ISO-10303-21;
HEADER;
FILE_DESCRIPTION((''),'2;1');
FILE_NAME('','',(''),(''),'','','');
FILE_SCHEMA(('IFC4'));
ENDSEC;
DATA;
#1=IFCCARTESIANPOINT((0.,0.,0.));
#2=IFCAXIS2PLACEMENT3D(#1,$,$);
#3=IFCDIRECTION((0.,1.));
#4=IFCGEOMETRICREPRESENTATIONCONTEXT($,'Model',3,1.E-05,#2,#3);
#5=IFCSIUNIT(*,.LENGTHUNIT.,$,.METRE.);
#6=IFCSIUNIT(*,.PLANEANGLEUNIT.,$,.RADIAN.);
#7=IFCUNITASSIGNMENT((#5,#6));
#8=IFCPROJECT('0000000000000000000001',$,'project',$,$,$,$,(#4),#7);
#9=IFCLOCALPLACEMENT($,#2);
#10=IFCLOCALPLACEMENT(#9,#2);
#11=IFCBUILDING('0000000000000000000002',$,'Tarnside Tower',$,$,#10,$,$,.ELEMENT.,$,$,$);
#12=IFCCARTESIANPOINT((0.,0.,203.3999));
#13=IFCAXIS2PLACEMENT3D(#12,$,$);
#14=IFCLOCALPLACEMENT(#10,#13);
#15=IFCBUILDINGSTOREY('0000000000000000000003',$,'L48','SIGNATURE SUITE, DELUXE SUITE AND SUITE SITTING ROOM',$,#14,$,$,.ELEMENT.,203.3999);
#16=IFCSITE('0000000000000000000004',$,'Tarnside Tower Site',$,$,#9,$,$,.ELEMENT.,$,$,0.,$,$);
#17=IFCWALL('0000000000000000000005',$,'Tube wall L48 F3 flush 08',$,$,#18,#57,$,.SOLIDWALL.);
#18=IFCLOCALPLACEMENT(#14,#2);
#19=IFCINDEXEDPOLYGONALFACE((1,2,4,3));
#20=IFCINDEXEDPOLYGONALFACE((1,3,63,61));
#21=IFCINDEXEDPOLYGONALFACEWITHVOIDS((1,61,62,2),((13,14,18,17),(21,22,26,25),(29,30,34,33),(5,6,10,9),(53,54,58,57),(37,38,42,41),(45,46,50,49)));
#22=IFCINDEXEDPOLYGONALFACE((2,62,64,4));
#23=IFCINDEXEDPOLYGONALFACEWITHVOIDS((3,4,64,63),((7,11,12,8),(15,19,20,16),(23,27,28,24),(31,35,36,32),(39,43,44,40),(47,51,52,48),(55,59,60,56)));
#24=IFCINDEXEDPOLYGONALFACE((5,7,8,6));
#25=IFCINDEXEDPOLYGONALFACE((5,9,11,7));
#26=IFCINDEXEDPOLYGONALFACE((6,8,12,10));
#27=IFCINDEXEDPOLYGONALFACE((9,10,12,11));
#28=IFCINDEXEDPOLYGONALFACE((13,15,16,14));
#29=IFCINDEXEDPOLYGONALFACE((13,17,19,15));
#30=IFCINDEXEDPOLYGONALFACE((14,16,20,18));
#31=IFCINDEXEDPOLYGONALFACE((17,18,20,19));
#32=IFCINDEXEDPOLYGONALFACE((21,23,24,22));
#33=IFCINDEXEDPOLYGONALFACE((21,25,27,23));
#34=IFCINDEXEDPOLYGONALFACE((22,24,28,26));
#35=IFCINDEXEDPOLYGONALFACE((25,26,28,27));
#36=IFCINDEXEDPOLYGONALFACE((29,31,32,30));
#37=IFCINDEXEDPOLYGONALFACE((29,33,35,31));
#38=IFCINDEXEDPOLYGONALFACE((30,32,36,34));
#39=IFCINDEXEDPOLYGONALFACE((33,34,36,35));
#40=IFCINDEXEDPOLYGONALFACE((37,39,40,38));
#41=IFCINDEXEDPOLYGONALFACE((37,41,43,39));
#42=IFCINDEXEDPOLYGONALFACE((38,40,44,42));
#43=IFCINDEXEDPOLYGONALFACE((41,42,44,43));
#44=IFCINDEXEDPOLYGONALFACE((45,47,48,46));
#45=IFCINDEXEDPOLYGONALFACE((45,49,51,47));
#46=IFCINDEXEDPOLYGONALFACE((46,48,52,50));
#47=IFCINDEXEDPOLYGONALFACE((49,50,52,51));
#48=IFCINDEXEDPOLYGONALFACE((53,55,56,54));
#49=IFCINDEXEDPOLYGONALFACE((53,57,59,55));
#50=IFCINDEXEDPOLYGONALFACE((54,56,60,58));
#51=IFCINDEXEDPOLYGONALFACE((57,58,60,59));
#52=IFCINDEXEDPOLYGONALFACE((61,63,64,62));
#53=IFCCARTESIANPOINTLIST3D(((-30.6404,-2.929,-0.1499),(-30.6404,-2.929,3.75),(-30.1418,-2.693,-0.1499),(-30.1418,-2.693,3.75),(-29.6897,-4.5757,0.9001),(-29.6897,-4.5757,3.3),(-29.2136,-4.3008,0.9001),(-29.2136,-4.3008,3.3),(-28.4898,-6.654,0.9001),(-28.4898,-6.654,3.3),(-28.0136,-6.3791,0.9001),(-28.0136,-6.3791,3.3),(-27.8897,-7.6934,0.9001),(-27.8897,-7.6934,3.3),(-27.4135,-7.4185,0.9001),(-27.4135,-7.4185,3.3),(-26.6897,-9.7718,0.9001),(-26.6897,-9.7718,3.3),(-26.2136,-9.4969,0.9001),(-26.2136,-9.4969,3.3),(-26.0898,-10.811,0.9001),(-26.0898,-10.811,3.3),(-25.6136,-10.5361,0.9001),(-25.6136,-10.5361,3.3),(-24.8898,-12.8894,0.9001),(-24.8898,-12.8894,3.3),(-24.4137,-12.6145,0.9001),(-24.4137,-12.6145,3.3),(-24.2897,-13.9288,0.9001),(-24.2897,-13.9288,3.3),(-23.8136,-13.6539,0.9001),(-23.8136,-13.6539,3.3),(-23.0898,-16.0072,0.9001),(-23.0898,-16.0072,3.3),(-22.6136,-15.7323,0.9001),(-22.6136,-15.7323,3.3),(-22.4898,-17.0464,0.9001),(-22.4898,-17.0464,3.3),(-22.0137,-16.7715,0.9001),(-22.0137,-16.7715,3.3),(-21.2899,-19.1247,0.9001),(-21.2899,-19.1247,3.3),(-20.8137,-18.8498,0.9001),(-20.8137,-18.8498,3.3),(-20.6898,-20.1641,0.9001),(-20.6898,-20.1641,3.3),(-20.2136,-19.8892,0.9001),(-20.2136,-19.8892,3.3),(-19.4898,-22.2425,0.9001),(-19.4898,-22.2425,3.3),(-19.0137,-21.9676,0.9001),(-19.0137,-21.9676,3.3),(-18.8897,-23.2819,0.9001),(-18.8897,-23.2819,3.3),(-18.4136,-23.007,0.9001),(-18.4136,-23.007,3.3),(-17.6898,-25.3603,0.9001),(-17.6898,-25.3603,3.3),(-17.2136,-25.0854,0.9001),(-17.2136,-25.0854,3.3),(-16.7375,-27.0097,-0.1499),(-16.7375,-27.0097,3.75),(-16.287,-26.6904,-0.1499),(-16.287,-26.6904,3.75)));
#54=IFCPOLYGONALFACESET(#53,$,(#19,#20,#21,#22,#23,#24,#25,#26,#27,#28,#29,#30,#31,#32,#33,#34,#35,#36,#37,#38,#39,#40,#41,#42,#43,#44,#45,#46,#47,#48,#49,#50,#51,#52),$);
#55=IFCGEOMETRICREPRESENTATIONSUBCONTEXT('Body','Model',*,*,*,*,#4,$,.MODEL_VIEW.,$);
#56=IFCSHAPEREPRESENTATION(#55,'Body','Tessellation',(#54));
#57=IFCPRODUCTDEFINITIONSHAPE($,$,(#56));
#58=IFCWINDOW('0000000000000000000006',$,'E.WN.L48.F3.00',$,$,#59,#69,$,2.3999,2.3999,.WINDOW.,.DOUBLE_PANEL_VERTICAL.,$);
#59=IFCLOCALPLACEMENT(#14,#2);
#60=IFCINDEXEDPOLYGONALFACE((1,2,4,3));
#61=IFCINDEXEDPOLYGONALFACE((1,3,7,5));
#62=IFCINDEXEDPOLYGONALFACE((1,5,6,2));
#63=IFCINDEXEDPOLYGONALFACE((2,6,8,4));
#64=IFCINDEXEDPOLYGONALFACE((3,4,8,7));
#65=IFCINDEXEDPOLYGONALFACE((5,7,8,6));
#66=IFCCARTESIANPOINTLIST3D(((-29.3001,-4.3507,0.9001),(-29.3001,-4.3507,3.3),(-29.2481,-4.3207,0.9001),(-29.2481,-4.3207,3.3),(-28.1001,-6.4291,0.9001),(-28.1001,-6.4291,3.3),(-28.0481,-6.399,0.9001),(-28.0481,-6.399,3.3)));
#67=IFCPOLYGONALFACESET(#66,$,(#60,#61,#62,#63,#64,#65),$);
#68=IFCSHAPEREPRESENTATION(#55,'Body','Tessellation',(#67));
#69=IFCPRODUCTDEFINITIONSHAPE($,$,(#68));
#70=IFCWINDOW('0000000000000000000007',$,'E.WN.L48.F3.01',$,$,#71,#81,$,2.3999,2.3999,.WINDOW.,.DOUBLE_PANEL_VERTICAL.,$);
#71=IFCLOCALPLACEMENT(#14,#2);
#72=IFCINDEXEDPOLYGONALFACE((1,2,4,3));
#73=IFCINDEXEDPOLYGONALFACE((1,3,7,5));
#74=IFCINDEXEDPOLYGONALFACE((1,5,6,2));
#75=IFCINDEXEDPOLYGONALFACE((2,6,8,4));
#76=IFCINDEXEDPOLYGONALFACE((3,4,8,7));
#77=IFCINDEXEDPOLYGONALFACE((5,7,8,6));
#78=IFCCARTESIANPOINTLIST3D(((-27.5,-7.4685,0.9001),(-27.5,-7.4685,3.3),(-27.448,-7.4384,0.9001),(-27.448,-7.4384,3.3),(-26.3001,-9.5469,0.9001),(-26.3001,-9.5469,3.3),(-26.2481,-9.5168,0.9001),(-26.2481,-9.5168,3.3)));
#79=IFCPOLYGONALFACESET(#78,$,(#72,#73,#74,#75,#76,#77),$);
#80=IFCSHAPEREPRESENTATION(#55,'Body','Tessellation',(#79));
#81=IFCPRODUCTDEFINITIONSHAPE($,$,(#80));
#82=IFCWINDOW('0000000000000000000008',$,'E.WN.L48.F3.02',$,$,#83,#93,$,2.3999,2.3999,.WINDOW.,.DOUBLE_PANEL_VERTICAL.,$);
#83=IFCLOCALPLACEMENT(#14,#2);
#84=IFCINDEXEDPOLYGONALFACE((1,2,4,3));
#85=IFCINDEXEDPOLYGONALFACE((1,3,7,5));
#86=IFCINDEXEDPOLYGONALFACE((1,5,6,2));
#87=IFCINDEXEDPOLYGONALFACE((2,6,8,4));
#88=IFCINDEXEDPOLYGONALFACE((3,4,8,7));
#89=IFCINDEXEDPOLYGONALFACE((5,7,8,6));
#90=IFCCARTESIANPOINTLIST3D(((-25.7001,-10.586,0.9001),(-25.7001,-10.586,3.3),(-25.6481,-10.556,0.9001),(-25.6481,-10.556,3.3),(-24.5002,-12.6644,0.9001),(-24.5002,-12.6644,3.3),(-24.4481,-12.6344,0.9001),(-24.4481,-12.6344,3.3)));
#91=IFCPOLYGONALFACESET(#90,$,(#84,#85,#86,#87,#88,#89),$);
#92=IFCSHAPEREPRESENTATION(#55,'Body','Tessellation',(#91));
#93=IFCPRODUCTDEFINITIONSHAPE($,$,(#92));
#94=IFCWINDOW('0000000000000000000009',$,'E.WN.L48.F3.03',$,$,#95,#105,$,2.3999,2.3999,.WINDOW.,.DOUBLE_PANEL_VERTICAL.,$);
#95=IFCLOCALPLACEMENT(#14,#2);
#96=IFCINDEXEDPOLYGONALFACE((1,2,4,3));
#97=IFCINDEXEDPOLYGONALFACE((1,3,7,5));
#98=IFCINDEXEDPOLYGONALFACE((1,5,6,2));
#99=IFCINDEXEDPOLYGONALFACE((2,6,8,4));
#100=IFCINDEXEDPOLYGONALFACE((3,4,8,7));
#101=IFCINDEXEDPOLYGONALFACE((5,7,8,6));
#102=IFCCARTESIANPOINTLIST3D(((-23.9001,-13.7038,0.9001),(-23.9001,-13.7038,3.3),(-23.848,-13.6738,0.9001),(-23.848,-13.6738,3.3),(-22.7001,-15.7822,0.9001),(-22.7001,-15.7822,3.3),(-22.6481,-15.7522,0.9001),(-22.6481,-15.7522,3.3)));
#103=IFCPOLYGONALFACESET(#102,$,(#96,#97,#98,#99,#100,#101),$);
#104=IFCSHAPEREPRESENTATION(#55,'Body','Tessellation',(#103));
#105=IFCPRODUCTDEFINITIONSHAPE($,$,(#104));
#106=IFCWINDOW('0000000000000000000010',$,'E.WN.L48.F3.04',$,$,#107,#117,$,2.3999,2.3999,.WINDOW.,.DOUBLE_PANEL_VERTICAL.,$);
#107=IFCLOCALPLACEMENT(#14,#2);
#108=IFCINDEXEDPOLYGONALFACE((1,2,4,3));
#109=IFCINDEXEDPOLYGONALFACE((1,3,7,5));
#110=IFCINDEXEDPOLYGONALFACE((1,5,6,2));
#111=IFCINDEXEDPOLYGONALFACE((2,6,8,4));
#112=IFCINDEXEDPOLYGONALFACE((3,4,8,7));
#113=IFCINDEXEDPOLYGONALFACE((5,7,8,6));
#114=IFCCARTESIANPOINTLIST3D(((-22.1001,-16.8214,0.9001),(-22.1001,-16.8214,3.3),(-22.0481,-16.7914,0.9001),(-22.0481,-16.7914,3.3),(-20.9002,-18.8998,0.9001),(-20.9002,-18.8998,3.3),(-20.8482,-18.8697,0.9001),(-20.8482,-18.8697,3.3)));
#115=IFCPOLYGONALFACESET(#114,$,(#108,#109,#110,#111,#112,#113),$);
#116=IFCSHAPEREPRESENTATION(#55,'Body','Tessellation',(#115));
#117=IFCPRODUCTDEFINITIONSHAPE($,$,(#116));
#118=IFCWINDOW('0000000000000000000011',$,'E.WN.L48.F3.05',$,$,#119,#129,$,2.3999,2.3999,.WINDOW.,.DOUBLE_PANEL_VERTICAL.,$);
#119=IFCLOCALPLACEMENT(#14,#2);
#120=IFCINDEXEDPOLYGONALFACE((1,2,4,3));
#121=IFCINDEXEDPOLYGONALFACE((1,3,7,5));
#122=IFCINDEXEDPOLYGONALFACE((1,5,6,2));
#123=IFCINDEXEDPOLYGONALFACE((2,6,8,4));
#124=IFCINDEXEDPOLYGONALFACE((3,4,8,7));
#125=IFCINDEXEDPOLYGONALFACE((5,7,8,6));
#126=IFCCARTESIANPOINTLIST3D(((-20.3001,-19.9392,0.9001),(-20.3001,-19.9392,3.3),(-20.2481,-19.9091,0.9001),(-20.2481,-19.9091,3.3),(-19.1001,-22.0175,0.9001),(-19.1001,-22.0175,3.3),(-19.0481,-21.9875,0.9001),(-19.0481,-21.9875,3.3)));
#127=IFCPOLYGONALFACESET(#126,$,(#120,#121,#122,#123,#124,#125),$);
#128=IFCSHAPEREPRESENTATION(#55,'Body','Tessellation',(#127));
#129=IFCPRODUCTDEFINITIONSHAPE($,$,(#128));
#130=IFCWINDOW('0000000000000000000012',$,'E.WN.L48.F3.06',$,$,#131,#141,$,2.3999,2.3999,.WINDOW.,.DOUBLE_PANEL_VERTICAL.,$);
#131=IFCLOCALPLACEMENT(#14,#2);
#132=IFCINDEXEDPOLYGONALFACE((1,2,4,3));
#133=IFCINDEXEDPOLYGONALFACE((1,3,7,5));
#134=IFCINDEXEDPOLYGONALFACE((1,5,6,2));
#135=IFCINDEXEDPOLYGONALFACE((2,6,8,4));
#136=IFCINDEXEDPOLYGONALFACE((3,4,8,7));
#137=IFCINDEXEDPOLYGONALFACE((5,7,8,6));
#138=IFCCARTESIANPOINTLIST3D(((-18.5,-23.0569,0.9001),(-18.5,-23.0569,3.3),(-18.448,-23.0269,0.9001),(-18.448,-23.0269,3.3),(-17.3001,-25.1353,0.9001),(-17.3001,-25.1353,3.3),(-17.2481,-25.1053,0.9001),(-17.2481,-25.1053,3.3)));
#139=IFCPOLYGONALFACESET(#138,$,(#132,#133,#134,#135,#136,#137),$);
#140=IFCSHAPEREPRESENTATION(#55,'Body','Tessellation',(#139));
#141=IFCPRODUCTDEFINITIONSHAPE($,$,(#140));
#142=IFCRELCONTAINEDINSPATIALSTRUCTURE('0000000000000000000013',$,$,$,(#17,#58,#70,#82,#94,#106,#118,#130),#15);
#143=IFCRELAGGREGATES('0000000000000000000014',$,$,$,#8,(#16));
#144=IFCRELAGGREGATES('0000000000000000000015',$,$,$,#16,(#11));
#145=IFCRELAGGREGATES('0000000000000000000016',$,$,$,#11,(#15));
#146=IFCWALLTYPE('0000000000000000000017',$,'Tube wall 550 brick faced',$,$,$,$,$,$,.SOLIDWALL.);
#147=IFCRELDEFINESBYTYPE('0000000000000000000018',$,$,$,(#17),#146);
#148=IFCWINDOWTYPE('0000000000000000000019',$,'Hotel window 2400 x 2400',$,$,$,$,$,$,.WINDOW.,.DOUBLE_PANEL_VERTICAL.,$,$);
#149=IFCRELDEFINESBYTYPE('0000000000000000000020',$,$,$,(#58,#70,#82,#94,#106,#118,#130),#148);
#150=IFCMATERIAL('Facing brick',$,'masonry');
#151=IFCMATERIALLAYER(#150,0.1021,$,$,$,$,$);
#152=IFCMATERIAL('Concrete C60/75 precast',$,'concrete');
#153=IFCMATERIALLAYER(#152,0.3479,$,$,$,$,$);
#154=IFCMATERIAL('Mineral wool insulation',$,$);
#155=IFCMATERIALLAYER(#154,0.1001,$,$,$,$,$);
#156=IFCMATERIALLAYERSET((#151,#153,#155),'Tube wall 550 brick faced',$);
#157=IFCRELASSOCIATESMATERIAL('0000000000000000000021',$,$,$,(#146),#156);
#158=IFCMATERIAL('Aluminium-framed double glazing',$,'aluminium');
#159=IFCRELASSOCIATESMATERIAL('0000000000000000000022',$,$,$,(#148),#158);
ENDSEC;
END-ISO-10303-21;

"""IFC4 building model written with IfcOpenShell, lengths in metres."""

from ifc_helpers import new_model, si_unit, direction, frame, frame_2d, origin, place, context, subcontext, project, spatial, polyline, rectangle, outline, extrude, material, layer, layer_set, type_object, element, fill, save


model = new_model("IFC4")

# Units and contexts
model_context = context("Model", 3, precision=1e-05, world=origin(), true_north=direction((0.0, 1.0)))
body_context = subcontext(model_context, "Body", "Model", "MODEL_VIEW")
ifc_project = project(units=[si_unit("LENGTHUNIT", "METRE"), si_unit("PLANEANGLEUNIT", "RADIAN")], contexts=[model_context])

# Site, building, storey
site_placement = place(None, origin())
site = spatial("IfcSite", under=ifc_project, at=site_placement, Name="Tarnside Tower Site", CompositionType="ELEMENT", RefElevation=0.0)
building_placement = place(site_placement, origin())
building = spatial("IfcBuilding", under=site, at=building_placement, Name="Tarnside Tower", CompositionType="ELEMENT")
storey_placement = place(building_placement, frame((0.0, 0.0, 203.3999)))
storey = spatial("IfcBuildingStorey", under=building, at=storey_placement, Name="L48", Description="SIGNATURE SUITE, DELUXE SUITE AND SUITE SITTING ROOM", CompositionType="ELEMENT", Elevation=203.3999)

# Shared definitions
ifc_material_1 = material(Name="Facing brick", Category="masonry")
ifc_layer_1 = layer(ifc_material_1, 0.1021)
ifc_material_2 = material(Name="Concrete C60/75 precast", Category="concrete")
ifc_layer_2 = layer(ifc_material_2, 0.3479)
ifc_material_3 = material(Name="Mineral wool insulation")
ifc_layer_3 = layer(ifc_material_3, 0.1001)
ifc_layer_set_1 = layer_set([ifc_layer_1, ifc_layer_2, ifc_layer_3], Name="Tube wall 550 brick faced")
wall_type_1 = type_object("IfcWallType", Name="Tube wall 550 brick faced", PredefinedType="SOLIDWALL", material=ifc_layer_set_1)

# Wall, openings, windows
wall_1_placement = place(storey_placement, frame((-30.3911, -2.811, -0.1499), z_axis=(0.0, 0.0, 1.0), x_axis=(0.499999, -0.866026, 0.0)))
wall_1 = element("IfcWall", 1, at=wall_1_placement, inside=storey, type_object=wall_type_1, Name="Tube wall L48 F3 flush 08", PredefinedType="SOLIDWALL", context=body_context, shape_type="SweptSolid", body=[
    extrude(outline(polyline([(-0.0225, -0.2749), (27.7834, -0.2749), (27.7322, 0.2749), (0.0225, 0.2749), (-0.0225, -0.2749)])), origin(), (0.0, 0.0, 1.0), 3.8999),
])
opening_1_placement = place(wall_1_placement, frame((1.8789, 0.0, 1.05)))
opening_1 = element("IfcOpeningElement", 2, at=opening_1_placement, cuts=wall_1, PredefinedType="OPENING", context=body_context, shape_type="SweptSolid", body=[
    extrude(rectangle(XDim=2.3999, YDim=2.3999, at=frame_2d((1.2, 1.2))), frame((0.0, 0.2852, 0.0), z_axis=(0.0, -1.0, 0.0), x_axis=(1.0, 0.0, 0.0)), (0.0, 0.0, 1.0), 0.5701),
])
opening_2_placement = place(wall_1_placement, frame((5.479, 0.0, 1.05)))
opening_2 = element("IfcOpeningElement", 3, at=opening_2_placement, cuts=wall_1, PredefinedType="OPENING", context=body_context, shape_type="SweptSolid", body=[
    extrude(rectangle(XDim=2.3999, YDim=2.3999, at=frame_2d((1.2, 1.2))), frame((0.0, 0.2852, 0.0), z_axis=(0.0, -1.0, 0.0), x_axis=(1.0, 0.0, 0.0)), (0.0, 0.0, 1.0), 0.5701),
])
opening_3_placement = place(wall_1_placement, frame((9.0789, 0.0, 1.05)))
opening_3 = element("IfcOpeningElement", 4, at=opening_3_placement, cuts=wall_1, PredefinedType="OPENING", context=body_context, shape_type="SweptSolid", body=[
    extrude(rectangle(XDim=2.3999, YDim=2.3999, at=frame_2d((1.2, 1.2))), frame((0.0, 0.2852, 0.0), z_axis=(0.0, -1.0, 0.0), x_axis=(1.0, 0.0, 0.0)), (0.0, 0.0, 1.0), 0.5701),
])
opening_4_placement = place(wall_1_placement, frame((12.679, 0.0, 1.05)))
opening_4 = element("IfcOpeningElement", 5, at=opening_4_placement, cuts=wall_1, PredefinedType="OPENING", context=body_context, shape_type="SweptSolid", body=[
    extrude(rectangle(XDim=2.3999, YDim=2.3999, at=frame_2d((1.2, 1.2))), frame((0.0, 0.2852, 0.0), z_axis=(0.0, -1.0, 0.0), x_axis=(1.0, 0.0, 0.0)), (0.0, 0.0, 1.0), 0.5701),
])
opening_5_placement = place(wall_1_placement, frame((16.2788, 0.0, 1.05)))
opening_5 = element("IfcOpeningElement", 6, at=opening_5_placement, cuts=wall_1, PredefinedType="OPENING", context=body_context, shape_type="SweptSolid", body=[
    extrude(rectangle(XDim=2.3999, YDim=2.3999, at=frame_2d((1.2, 1.2))), frame((0.0, 0.2852, 0.0), z_axis=(0.0, -1.0, 0.0), x_axis=(1.0, 0.0, 0.0)), (0.0, 0.0, 1.0), 0.5701),
])
opening_6_placement = place(wall_1_placement, frame((19.8789, 0.0, 1.05)))
opening_6 = element("IfcOpeningElement", 7, at=opening_6_placement, cuts=wall_1, PredefinedType="OPENING", context=body_context, shape_type="SweptSolid", body=[
    extrude(rectangle(XDim=2.3999, YDim=2.3999, at=frame_2d((1.2, 1.2))), frame((0.0, 0.2852, 0.0), z_axis=(0.0, -1.0, 0.0), x_axis=(1.0, 0.0, 0.0)), (0.0, 0.0, 1.0), 0.5701),
])
opening_7_placement = place(wall_1_placement, frame((23.479, 0.0, 1.05)))
opening_7 = element("IfcOpeningElement", 8, at=opening_7_placement, cuts=wall_1, PredefinedType="OPENING", context=body_context, shape_type="SweptSolid", body=[
    extrude(rectangle(XDim=2.3999, YDim=2.3999, at=frame_2d((1.2, 1.2))), frame((0.0, 0.2852, 0.0), z_axis=(0.0, -1.0, 0.0), x_axis=(1.0, 0.0, 0.0)), (0.0, 0.0, 1.0), 0.5701),
])
ifc_material_4 = material(Name="Aluminium-framed double glazing", Category="aluminium")
window_type = type_object("IfcWindowType", Name="Hotel window 2400 x 2400", PartitioningType="DOUBLE_PANEL_VERTICAL", PredefinedType="WINDOW", material=ifc_material_4)
window_1_placement = place(opening_1_placement, frame((0.0, 0.2051, 0.0)))
window_1 = element("IfcWindow", 9, at=window_1_placement, inside=storey, type_object=window_type, Name="E.WN.L48.F3.00", OverallHeight=2.3999, OverallWidth=2.3999, PartitioningType="DOUBLE_PANEL_VERTICAL", PredefinedType="WINDOW", context=body_context, shape_type="SweptSolid", body=[
    extrude(rectangle(XDim=2.3999, YDim=2.3999, at=frame_2d((1.2, 1.2))), frame((0.0, 0.03, 0.0), z_axis=(0.0, -1.0, 0.0), x_axis=(1.0, 0.0, 0.0)), (0.0, 0.0, 1.0), 0.0601),
])
fill(opening_1, window_1)
window_2_placement = place(opening_2_placement, frame((0.0, 0.2051, 0.0)))
window_2 = element("IfcWindow", 10, at=window_2_placement, inside=storey, type_object=window_type, Name="E.WN.L48.F3.01", OverallHeight=2.3999, OverallWidth=2.3999, PartitioningType="DOUBLE_PANEL_VERTICAL", PredefinedType="WINDOW", context=body_context, shape_type="SweptSolid", body=[
    extrude(rectangle(XDim=2.3999, YDim=2.3999, at=frame_2d((1.2, 1.2))), frame((0.0, 0.03, 0.0), z_axis=(0.0, -1.0, 0.0), x_axis=(1.0, 0.0, 0.0)), (0.0, 0.0, 1.0), 0.0601),
])
fill(opening_2, window_2)
window_3_placement = place(opening_3_placement, frame((0.0, 0.2051, 0.0)))
window_3 = element("IfcWindow", 11, at=window_3_placement, inside=storey, type_object=window_type, Name="E.WN.L48.F3.02", OverallHeight=2.3999, OverallWidth=2.3999, PartitioningType="DOUBLE_PANEL_VERTICAL", PredefinedType="WINDOW", context=body_context, shape_type="SweptSolid", body=[
    extrude(rectangle(XDim=2.3999, YDim=2.3999, at=frame_2d((1.2, 1.2))), frame((0.0, 0.03, 0.0), z_axis=(0.0, -1.0, 0.0), x_axis=(1.0, 0.0, 0.0)), (0.0, 0.0, 1.0), 0.0601),
])
fill(opening_3, window_3)
window_4_placement = place(opening_4_placement, frame((0.0, 0.2051, 0.0)))
window_4 = element("IfcWindow", 12, at=window_4_placement, inside=storey, type_object=window_type, Name="E.WN.L48.F3.03", OverallHeight=2.3999, OverallWidth=2.3999, PartitioningType="DOUBLE_PANEL_VERTICAL", PredefinedType="WINDOW", context=body_context, shape_type="SweptSolid", body=[
    extrude(rectangle(XDim=2.3999, YDim=2.3999, at=frame_2d((1.2, 1.2))), frame((0.0, 0.03, 0.0), z_axis=(0.0, -1.0, 0.0), x_axis=(1.0, 0.0, 0.0)), (0.0, 0.0, 1.0), 0.0601),
])
fill(opening_4, window_4)
window_5_placement = place(opening_5_placement, frame((0.0, 0.2051, 0.0)))
window_5 = element("IfcWindow", 13, at=window_5_placement, inside=storey, type_object=window_type, Name="E.WN.L48.F3.04", OverallHeight=2.3999, OverallWidth=2.3999, PartitioningType="DOUBLE_PANEL_VERTICAL", PredefinedType="WINDOW", context=body_context, shape_type="SweptSolid", body=[
    extrude(rectangle(XDim=2.3999, YDim=2.3999, at=frame_2d((1.2, 1.2))), frame((0.0, 0.03, 0.0), z_axis=(0.0, -1.0, 0.0), x_axis=(1.0, 0.0, 0.0)), (0.0, 0.0, 1.0), 0.0601),
])
fill(opening_5, window_5)
window_6_placement = place(opening_6_placement, frame((0.0, 0.2051, 0.0)))
window_6 = element("IfcWindow", 14, at=window_6_placement, inside=storey, type_object=window_type, Name="E.WN.L48.F3.05", OverallHeight=2.3999, OverallWidth=2.3999, PartitioningType="DOUBLE_PANEL_VERTICAL", PredefinedType="WINDOW", context=body_context, shape_type="SweptSolid", body=[
    extrude(rectangle(XDim=2.3999, YDim=2.3999, at=frame_2d((1.2, 1.2))), frame((0.0, 0.03, 0.0), z_axis=(0.0, -1.0, 0.0), x_axis=(1.0, 0.0, 0.0)), (0.0, 0.0, 1.0), 0.0601),
])
fill(opening_6, window_6)
window_7_placement = place(opening_7_placement, frame((0.0, 0.2051, 0.0)))
window_7 = element("IfcWindow", 15, at=window_7_placement, inside=storey, type_object=window_type, Name="E.WN.L48.F3.06", OverallHeight=2.3999, OverallWidth=2.3999, PartitioningType="DOUBLE_PANEL_VERTICAL", PredefinedType="WINDOW", context=body_context, shape_type="SweptSolid", body=[
    extrude(rectangle(XDim=2.3999, YDim=2.3999, at=frame_2d((1.2, 1.2))), frame((0.0, 0.03, 0.0), z_axis=(0.0, -1.0, 0.0), x_axis=(1.0, 0.0, 0.0)), (0.0, 0.0, 1.0), 0.0601),
])
fill(opening_7, window_7)

save(model, "model.ifc")
